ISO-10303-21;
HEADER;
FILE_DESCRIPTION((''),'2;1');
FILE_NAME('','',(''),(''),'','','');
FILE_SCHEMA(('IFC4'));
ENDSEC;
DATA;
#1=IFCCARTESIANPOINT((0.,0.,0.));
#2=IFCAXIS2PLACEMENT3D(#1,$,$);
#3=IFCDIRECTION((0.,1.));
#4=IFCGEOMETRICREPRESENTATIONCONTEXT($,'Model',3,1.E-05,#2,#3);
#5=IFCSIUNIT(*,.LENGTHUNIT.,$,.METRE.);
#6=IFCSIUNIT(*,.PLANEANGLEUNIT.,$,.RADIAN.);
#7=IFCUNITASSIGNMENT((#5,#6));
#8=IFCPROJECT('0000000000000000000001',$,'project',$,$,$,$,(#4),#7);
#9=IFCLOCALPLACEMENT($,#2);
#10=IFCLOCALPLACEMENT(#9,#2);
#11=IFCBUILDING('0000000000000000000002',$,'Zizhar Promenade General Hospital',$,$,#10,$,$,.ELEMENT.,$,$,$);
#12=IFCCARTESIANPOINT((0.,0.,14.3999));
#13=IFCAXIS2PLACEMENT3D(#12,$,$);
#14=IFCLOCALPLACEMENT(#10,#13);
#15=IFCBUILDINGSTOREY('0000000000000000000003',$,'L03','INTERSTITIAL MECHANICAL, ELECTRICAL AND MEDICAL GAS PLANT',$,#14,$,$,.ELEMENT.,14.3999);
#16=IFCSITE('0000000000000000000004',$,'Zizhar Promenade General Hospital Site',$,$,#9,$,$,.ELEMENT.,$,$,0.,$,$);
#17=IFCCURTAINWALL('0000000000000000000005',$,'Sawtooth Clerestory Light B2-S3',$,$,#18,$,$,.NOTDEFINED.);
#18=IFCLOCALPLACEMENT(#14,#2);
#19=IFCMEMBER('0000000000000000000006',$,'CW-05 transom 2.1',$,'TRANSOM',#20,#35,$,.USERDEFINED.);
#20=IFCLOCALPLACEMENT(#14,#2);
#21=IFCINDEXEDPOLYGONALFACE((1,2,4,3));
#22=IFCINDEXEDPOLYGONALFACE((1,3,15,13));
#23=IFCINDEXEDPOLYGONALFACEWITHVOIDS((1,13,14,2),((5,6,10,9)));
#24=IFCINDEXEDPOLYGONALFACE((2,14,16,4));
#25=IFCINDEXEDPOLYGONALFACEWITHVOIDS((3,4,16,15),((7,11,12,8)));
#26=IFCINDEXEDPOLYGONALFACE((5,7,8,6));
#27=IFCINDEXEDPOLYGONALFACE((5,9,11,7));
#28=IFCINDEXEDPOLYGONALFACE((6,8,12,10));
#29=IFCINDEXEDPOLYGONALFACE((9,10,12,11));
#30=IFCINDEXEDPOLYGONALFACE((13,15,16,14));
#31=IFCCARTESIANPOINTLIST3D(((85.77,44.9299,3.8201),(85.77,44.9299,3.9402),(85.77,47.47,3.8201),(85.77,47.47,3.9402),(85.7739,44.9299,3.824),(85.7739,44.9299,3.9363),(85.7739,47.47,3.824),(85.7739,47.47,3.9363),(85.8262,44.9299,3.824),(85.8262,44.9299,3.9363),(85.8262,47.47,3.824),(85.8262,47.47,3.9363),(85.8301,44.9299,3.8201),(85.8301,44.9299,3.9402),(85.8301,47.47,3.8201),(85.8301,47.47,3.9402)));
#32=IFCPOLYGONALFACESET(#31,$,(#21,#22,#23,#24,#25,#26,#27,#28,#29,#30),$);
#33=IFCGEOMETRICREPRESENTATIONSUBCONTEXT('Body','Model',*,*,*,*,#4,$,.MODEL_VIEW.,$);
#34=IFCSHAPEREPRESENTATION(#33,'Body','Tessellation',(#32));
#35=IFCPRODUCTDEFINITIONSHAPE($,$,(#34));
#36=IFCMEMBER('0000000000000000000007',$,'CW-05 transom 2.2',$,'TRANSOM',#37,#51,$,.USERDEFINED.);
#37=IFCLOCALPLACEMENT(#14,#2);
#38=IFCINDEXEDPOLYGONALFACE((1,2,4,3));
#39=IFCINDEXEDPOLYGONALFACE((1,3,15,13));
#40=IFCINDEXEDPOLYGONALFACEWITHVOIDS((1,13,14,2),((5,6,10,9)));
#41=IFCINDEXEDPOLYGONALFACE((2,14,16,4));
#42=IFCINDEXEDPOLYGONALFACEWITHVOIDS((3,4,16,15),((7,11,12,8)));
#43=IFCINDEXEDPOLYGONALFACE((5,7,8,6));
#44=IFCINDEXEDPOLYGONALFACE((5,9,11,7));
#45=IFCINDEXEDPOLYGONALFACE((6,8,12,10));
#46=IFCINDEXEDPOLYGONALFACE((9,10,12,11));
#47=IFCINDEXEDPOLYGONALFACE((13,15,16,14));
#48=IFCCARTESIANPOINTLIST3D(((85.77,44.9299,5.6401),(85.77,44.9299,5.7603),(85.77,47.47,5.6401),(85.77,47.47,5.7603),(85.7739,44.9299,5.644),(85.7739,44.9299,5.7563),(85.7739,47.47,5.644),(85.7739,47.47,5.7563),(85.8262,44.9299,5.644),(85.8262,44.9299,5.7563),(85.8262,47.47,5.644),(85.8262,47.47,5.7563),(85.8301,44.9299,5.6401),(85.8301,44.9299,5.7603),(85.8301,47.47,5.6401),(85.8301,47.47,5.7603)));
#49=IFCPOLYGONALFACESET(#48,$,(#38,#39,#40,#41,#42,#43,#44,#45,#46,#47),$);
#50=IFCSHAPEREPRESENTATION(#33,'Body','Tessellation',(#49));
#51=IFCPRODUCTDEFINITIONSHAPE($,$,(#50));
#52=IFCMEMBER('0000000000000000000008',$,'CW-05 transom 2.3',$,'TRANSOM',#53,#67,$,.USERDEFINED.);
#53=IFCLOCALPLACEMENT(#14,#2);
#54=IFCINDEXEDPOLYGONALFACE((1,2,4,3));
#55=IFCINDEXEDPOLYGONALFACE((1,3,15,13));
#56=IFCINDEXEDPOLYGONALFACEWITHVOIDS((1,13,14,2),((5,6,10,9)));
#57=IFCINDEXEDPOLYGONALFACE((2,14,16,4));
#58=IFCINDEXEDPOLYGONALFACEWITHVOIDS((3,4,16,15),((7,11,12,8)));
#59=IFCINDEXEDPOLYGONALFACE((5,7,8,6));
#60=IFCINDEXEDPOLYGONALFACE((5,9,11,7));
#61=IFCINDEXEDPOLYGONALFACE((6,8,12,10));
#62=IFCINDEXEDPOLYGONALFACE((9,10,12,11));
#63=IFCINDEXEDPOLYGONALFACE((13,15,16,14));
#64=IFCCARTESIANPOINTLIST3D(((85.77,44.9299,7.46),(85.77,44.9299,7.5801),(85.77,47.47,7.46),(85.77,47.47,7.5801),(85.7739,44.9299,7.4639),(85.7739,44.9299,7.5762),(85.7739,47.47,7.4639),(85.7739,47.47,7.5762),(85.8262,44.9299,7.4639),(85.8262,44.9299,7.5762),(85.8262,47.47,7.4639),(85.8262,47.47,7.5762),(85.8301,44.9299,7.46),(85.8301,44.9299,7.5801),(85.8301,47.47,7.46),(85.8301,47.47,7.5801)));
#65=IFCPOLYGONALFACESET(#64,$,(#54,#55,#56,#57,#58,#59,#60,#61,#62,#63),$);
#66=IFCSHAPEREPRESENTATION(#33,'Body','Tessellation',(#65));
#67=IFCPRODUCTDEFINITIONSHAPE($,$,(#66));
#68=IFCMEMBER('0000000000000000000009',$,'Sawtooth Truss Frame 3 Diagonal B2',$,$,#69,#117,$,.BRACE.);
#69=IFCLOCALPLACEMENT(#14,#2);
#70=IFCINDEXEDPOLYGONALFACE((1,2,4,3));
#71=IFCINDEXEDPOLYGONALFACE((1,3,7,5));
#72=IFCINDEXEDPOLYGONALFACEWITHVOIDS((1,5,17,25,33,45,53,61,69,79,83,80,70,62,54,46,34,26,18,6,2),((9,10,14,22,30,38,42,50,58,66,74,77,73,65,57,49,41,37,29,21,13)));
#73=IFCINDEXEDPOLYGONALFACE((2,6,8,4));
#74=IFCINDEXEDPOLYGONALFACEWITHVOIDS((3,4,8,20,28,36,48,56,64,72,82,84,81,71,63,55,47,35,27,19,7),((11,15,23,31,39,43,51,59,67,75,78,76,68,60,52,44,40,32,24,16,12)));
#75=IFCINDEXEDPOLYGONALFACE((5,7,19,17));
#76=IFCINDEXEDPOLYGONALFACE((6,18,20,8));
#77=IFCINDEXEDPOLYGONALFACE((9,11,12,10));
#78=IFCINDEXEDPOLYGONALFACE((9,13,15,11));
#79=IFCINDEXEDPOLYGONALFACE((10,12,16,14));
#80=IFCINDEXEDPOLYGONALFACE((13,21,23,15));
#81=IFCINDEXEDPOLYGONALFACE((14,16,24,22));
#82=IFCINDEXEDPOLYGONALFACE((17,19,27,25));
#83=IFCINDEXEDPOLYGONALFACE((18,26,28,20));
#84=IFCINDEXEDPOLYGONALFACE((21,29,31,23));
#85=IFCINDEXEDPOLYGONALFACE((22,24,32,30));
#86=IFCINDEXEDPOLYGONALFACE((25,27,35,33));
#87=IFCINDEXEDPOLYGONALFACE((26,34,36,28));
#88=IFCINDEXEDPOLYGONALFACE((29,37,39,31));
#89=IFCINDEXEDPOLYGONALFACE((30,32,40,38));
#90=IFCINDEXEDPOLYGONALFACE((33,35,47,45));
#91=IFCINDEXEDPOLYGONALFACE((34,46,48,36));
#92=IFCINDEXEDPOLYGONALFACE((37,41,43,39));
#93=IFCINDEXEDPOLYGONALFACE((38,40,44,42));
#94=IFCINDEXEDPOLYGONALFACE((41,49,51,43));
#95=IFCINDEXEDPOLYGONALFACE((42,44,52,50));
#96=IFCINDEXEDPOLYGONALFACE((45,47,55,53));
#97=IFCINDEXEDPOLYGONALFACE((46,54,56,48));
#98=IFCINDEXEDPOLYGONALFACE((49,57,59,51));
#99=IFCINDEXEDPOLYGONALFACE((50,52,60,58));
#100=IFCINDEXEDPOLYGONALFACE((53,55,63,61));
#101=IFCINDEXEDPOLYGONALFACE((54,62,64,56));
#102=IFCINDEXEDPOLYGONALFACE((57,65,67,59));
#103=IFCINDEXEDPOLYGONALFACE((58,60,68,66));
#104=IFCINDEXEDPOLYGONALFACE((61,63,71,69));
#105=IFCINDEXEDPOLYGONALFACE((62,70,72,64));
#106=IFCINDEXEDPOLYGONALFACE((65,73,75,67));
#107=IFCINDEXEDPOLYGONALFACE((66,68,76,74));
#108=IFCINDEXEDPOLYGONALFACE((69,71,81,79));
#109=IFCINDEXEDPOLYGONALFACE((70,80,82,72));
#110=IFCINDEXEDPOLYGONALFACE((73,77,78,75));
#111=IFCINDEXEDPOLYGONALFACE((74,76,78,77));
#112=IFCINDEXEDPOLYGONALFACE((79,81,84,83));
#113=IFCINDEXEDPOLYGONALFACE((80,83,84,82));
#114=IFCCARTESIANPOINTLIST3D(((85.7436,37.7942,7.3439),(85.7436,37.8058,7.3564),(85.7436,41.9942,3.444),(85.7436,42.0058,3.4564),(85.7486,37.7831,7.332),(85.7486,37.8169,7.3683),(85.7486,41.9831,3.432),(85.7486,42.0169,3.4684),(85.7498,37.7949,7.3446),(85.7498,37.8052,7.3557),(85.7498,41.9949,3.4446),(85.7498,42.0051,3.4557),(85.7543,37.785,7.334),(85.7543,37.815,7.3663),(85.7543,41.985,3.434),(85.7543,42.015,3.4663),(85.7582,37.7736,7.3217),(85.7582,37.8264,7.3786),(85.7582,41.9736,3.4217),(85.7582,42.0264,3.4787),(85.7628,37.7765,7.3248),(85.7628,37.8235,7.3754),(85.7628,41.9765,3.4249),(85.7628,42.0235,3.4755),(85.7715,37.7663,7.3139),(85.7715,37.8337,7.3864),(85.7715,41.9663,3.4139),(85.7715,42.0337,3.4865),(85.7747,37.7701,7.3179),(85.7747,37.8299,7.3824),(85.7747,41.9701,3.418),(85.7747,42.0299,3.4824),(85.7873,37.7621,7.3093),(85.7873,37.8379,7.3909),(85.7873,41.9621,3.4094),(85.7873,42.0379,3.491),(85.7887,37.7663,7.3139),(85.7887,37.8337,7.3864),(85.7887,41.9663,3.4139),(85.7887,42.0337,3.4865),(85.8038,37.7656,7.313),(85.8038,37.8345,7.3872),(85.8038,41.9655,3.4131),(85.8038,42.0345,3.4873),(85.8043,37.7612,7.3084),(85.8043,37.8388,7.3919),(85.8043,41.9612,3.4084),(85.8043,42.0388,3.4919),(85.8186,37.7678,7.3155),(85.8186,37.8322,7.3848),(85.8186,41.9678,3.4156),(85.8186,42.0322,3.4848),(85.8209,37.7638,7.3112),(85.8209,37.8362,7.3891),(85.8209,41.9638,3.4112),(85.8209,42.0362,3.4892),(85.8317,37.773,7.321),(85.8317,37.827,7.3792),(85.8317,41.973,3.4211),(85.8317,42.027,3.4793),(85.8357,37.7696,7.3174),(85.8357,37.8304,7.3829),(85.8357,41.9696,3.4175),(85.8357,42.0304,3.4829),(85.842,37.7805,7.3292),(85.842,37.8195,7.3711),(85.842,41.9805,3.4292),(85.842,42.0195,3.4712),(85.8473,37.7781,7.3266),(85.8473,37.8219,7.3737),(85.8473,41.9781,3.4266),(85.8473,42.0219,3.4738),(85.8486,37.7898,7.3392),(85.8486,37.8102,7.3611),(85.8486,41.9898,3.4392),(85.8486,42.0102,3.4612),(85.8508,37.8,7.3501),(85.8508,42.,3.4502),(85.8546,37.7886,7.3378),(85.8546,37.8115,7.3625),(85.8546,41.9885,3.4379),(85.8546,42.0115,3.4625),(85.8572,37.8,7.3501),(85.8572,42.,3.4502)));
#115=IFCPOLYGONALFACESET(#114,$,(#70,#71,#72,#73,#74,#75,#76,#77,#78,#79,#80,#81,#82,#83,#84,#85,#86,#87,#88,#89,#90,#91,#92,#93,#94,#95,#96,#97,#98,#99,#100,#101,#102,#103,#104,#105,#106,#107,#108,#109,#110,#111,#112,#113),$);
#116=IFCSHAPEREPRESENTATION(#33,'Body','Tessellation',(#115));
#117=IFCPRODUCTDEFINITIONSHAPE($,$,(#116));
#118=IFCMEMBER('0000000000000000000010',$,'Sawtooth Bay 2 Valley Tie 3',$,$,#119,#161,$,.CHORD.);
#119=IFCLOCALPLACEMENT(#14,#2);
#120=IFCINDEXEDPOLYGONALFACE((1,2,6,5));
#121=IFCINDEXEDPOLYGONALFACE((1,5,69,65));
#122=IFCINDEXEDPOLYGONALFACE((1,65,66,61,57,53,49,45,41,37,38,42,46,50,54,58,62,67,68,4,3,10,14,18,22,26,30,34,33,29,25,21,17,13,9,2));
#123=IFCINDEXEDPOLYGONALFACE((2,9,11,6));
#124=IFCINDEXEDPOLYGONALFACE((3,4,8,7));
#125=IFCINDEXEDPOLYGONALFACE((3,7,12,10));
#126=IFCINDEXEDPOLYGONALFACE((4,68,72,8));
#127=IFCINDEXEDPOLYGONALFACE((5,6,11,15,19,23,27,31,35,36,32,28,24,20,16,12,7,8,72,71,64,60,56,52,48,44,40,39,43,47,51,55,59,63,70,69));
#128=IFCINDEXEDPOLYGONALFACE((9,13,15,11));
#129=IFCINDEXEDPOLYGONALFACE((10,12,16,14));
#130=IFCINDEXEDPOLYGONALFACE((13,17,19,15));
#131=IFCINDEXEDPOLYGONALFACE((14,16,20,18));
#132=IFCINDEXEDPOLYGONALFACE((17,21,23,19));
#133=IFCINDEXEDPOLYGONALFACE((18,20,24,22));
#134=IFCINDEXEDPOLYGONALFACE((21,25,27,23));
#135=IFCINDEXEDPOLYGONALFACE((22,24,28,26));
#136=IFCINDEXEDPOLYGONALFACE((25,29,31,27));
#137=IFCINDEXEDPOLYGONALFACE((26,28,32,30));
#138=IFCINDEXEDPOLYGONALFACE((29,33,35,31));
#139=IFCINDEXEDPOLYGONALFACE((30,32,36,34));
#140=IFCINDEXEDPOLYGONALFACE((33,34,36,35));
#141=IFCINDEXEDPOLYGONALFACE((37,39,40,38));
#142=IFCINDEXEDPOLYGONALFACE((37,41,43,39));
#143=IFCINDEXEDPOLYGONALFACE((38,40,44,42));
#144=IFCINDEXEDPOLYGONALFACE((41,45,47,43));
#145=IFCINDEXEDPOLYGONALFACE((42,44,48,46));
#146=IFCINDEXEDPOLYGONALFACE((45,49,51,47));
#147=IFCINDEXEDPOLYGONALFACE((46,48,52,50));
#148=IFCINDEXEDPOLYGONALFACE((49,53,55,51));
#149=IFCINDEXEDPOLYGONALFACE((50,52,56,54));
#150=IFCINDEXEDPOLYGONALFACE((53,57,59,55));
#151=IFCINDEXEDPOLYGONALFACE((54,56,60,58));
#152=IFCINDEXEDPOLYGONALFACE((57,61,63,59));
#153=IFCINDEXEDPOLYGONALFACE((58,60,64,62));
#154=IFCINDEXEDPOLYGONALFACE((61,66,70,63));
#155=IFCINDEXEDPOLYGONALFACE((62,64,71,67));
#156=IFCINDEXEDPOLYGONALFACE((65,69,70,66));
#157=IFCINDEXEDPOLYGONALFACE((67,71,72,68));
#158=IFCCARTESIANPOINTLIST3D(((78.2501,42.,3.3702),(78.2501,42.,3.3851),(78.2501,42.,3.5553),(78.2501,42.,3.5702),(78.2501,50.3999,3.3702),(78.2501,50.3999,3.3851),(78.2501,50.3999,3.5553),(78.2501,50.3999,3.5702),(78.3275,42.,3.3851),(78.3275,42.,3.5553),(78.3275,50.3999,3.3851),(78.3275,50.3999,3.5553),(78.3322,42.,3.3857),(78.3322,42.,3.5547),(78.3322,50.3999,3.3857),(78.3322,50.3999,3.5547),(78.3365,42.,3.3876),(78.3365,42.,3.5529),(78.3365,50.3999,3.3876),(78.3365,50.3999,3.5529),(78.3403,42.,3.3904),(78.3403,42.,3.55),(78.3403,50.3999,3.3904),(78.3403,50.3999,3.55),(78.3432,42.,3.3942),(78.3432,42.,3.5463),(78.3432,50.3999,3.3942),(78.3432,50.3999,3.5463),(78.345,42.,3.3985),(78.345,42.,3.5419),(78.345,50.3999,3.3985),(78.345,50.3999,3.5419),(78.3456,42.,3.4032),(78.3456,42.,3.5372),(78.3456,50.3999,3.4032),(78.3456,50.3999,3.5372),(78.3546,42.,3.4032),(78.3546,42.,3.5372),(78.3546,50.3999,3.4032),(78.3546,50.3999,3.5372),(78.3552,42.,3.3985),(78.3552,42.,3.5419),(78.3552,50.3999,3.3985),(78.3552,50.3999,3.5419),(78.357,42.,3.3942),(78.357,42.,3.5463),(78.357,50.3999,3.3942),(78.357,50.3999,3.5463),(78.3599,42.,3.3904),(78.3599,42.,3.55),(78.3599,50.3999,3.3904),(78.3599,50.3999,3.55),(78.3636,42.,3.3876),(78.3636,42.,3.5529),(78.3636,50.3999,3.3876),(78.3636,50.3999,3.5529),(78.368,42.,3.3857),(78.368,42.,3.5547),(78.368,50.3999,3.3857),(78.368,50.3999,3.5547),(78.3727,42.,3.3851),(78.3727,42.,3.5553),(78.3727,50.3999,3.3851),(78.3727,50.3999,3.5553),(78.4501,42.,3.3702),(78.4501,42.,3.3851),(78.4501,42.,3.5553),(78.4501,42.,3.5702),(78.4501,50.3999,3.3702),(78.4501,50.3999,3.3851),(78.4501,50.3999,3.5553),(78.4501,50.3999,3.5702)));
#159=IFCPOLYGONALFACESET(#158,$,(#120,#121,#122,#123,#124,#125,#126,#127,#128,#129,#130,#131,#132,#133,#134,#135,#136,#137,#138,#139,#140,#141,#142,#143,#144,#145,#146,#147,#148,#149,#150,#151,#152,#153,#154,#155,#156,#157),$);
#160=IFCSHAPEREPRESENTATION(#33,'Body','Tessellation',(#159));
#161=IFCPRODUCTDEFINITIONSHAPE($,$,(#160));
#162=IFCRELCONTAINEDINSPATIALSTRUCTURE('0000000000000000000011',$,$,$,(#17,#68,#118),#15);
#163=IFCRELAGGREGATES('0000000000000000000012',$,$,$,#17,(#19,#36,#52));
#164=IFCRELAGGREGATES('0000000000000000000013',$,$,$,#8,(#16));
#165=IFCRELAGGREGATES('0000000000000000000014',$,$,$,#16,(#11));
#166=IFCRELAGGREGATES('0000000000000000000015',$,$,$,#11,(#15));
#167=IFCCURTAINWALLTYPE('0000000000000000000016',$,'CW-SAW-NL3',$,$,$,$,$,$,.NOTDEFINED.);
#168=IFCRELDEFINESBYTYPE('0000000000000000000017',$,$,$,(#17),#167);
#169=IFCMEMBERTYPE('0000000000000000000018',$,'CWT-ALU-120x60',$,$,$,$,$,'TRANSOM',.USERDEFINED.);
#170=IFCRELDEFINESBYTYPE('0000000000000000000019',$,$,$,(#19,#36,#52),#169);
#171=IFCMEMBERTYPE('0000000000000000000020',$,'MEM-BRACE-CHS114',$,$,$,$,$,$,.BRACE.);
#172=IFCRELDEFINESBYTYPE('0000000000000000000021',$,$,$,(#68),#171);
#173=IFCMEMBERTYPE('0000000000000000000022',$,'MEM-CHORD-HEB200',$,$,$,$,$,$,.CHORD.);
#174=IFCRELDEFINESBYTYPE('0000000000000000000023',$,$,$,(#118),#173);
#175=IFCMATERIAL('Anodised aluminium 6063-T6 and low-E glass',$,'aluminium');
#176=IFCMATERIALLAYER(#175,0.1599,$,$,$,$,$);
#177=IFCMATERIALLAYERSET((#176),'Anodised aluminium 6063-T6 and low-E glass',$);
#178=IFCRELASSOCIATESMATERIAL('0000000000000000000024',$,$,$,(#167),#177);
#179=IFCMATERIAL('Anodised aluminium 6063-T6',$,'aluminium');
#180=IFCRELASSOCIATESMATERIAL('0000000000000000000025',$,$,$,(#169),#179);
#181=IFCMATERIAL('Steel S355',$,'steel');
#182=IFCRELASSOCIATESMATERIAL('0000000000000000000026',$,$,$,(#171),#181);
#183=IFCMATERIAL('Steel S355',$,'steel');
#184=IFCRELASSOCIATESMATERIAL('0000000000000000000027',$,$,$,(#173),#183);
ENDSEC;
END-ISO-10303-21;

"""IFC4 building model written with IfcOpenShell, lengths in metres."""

from ifc_helpers import new_model, si_unit, direction, frame, origin, origin_2d, place, context, subcontext, project, spatial, hollow_rectangle, hollow_circle, i_section, extrude, material, layer, layer_set, material_profile, profile_set, type_object, element, aggregate, save


model = new_model("IFC4")

# Units and contexts
model_context = context("Model", 3, precision=1e-05, world=origin(), true_north=direction((0.0, 1.0)))
body_context = subcontext(model_context, "Body", "Model", "MODEL_VIEW")
ifc_project = project(units=[si_unit("LENGTHUNIT", "METRE"), si_unit("PLANEANGLEUNIT", "RADIAN")], contexts=[model_context])

# Site, building, storey
site_placement = place(None, origin())
site = spatial("IfcSite", under=ifc_project, at=site_placement, Name="Zizhar Promenade General Hospital Site", CompositionType="ELEMENT", RefElevation=0.0)
building_placement = place(site_placement, origin())
building = spatial("IfcBuilding", under=site, at=building_placement, Name="Zizhar Promenade General Hospital", CompositionType="ELEMENT")
storey_placement = place(building_placement, frame((0.0, 0.0, 14.3999)))
storey = spatial("IfcBuildingStorey", under=building, at=storey_placement, Name="L03", Description="INTERSTITIAL MECHANICAL, ELECTRICAL AND MEDICAL GAS PLANT", CompositionType="ELEMENT", Elevation=14.3999)

# Shared definitions
ifc_material_1 = material(Name="Anodised aluminium 6063-T6 and low-E glass", Category="aluminium")
ifc_layer_1 = layer(ifc_material_1, 0.1599)
ifc_layer_set_1 = layer_set([ifc_layer_1], Name="Anodised aluminium 6063-T6 and low-E glass")
curtain_wall_type_1 = type_object("IfcCurtainWallType", Name="CW-SAW-NL3", PredefinedType="NOTDEFINED", material=ifc_layer_set_1)

# Curtain wall
curtain_wall_1_placement = place(storey_placement, origin())
curtain_wall_1 = element("IfcCurtainWall", 1, at=curtain_wall_1_placement, inside=storey, type_object=curtain_wall_type_1, Name="Sawtooth Clerestory Light B2-S3", PredefinedType="NOTDEFINED")

# Members
ifc_material_2 = material(Name="Anodised aluminium 6063-T6", Category="aluminium")
ifc_material_profile_1 = material_profile(ifc_material_2, hollow_rectangle(XDim=0.0601, YDim=0.1201, WallThickness=0.0039, at=origin_2d()))
ifc_profile_set_1 = profile_set([ifc_material_profile_1], Name="Anodised aluminium 6063-T6")
member_type_1 = type_object("IfcMemberType", Name="CWT-ALU-120x60", ElementType="TRANSOM", PredefinedType="USERDEFINED", material=ifc_profile_set_1)
member_1_placement = place(storey_placement, frame((85.8, 44.9299, 3.8801), z_axis=(0.0, 1.0, 0.0), x_axis=(-1.0, 0.0, 0.0)))
member_1 = element("IfcMember", 2, at=member_1_placement, type_object=member_type_1, Name="CW-05 transom 2.1", ObjectType="TRANSOM", PredefinedType="USERDEFINED", context=body_context, shape_type="SweptSolid", body=[
    extrude(hollow_rectangle(XDim=0.0601, YDim=0.1201, WallThickness=0.0039, at=origin_2d()), origin(), (0.0, 0.0, 1.0), 2.54),
])
member_2_placement = place(storey_placement, frame((85.8, 44.9299, 5.7002), z_axis=(0.0, 1.0, 0.0), x_axis=(-1.0, 0.0, 0.0)))
member_2 = element("IfcMember", 3, at=member_2_placement, type_object=member_type_1, Name="CW-05 transom 2.2", ObjectType="TRANSOM", PredefinedType="USERDEFINED", context=body_context, shape_type="SweptSolid", body=[
    extrude(hollow_rectangle(XDim=0.0601, YDim=0.1201, WallThickness=0.0039, at=origin_2d()), origin(), (0.0, 0.0, 1.0), 2.54),
])
member_3_placement = place(storey_placement, frame((85.8, 44.9299, 7.52), z_axis=(0.0, 1.0, 0.0), x_axis=(-1.0, 0.0, 0.0)))
member_3 = element("IfcMember", 4, at=member_3_placement, type_object=member_type_1, Name="CW-05 transom 2.3", ObjectType="TRANSOM", PredefinedType="USERDEFINED", context=body_context, shape_type="SweptSolid", body=[
    extrude(hollow_rectangle(XDim=0.0601, YDim=0.1201, WallThickness=0.0039, at=origin_2d()), origin(), (0.0, 0.0, 1.0), 2.54),
])

# Members
ifc_material_3 = material(Name="Steel S355", Category="steel")
ifc_material_profile_2 = material_profile(ifc_material_3, hollow_circle(Radius=0.0571, WallThickness=0.0063, at=origin_2d()))
ifc_profile_set_2 = profile_set([ifc_material_profile_2], Name="Steel S355")
member_type_2 = type_object("IfcMemberType", Name="MEM-BRACE-CHS114", PredefinedType="BRACE", material=ifc_profile_set_2)
member_4_placement = place(storey_placement, frame((85.8, 42.0, 3.4502), z_axis=(0.0, -0.732798, 0.680446), x_axis=(1.0, 0.0, 0.0)))
element("IfcMember", 5, at=member_4_placement, inside=storey, type_object=member_type_2, Name="Sawtooth Truss Frame 3 Diagonal B2", PredefinedType="BRACE", context=body_context, shape_type="SweptSolid", body=[
    extrude(hollow_circle(Radius=0.0571, WallThickness=0.0063, at=origin_2d()), origin(), (0.0, 0.0, 1.0), 5.7314),
])
ifc_material_4 = material(Name="Steel S355", Category="steel")
ifc_material_profile_3 = material_profile(ifc_material_4, i_section(OverallWidth=0.2, OverallDepth=0.2, WebThickness=0.009, FlangeThickness=0.0149, FilletRadius=0.0181, at=origin_2d()))
ifc_profile_set_3 = profile_set([ifc_material_profile_3], Name="Steel S355")
member_type_3 = type_object("IfcMemberType", Name="MEM-CHORD-HEB200", PredefinedType="CHORD", material=ifc_profile_set_3)
member_5_placement = place(storey_placement, frame((78.3501, 42.0, 3.4702), z_axis=(0.0, 1.0, 0.0), x_axis=(-1.0, 0.0, 0.0)))
element("IfcMember", 6, at=member_5_placement, inside=storey, type_object=member_type_3, Name="Sawtooth Bay 2 Valley Tie 3", PredefinedType="CHORD", context=body_context, shape_type="SweptSolid", body=[
    extrude(i_section(OverallWidth=0.2, OverallDepth=0.2, WebThickness=0.009, FlangeThickness=0.0149, FilletRadius=0.0181, at=origin_2d()), origin(), (0.0, 0.0, 1.0), 8.3999),
])

aggregate(curtain_wall_1, [member_1, member_2, member_3])

save(model, "model.ifc")
